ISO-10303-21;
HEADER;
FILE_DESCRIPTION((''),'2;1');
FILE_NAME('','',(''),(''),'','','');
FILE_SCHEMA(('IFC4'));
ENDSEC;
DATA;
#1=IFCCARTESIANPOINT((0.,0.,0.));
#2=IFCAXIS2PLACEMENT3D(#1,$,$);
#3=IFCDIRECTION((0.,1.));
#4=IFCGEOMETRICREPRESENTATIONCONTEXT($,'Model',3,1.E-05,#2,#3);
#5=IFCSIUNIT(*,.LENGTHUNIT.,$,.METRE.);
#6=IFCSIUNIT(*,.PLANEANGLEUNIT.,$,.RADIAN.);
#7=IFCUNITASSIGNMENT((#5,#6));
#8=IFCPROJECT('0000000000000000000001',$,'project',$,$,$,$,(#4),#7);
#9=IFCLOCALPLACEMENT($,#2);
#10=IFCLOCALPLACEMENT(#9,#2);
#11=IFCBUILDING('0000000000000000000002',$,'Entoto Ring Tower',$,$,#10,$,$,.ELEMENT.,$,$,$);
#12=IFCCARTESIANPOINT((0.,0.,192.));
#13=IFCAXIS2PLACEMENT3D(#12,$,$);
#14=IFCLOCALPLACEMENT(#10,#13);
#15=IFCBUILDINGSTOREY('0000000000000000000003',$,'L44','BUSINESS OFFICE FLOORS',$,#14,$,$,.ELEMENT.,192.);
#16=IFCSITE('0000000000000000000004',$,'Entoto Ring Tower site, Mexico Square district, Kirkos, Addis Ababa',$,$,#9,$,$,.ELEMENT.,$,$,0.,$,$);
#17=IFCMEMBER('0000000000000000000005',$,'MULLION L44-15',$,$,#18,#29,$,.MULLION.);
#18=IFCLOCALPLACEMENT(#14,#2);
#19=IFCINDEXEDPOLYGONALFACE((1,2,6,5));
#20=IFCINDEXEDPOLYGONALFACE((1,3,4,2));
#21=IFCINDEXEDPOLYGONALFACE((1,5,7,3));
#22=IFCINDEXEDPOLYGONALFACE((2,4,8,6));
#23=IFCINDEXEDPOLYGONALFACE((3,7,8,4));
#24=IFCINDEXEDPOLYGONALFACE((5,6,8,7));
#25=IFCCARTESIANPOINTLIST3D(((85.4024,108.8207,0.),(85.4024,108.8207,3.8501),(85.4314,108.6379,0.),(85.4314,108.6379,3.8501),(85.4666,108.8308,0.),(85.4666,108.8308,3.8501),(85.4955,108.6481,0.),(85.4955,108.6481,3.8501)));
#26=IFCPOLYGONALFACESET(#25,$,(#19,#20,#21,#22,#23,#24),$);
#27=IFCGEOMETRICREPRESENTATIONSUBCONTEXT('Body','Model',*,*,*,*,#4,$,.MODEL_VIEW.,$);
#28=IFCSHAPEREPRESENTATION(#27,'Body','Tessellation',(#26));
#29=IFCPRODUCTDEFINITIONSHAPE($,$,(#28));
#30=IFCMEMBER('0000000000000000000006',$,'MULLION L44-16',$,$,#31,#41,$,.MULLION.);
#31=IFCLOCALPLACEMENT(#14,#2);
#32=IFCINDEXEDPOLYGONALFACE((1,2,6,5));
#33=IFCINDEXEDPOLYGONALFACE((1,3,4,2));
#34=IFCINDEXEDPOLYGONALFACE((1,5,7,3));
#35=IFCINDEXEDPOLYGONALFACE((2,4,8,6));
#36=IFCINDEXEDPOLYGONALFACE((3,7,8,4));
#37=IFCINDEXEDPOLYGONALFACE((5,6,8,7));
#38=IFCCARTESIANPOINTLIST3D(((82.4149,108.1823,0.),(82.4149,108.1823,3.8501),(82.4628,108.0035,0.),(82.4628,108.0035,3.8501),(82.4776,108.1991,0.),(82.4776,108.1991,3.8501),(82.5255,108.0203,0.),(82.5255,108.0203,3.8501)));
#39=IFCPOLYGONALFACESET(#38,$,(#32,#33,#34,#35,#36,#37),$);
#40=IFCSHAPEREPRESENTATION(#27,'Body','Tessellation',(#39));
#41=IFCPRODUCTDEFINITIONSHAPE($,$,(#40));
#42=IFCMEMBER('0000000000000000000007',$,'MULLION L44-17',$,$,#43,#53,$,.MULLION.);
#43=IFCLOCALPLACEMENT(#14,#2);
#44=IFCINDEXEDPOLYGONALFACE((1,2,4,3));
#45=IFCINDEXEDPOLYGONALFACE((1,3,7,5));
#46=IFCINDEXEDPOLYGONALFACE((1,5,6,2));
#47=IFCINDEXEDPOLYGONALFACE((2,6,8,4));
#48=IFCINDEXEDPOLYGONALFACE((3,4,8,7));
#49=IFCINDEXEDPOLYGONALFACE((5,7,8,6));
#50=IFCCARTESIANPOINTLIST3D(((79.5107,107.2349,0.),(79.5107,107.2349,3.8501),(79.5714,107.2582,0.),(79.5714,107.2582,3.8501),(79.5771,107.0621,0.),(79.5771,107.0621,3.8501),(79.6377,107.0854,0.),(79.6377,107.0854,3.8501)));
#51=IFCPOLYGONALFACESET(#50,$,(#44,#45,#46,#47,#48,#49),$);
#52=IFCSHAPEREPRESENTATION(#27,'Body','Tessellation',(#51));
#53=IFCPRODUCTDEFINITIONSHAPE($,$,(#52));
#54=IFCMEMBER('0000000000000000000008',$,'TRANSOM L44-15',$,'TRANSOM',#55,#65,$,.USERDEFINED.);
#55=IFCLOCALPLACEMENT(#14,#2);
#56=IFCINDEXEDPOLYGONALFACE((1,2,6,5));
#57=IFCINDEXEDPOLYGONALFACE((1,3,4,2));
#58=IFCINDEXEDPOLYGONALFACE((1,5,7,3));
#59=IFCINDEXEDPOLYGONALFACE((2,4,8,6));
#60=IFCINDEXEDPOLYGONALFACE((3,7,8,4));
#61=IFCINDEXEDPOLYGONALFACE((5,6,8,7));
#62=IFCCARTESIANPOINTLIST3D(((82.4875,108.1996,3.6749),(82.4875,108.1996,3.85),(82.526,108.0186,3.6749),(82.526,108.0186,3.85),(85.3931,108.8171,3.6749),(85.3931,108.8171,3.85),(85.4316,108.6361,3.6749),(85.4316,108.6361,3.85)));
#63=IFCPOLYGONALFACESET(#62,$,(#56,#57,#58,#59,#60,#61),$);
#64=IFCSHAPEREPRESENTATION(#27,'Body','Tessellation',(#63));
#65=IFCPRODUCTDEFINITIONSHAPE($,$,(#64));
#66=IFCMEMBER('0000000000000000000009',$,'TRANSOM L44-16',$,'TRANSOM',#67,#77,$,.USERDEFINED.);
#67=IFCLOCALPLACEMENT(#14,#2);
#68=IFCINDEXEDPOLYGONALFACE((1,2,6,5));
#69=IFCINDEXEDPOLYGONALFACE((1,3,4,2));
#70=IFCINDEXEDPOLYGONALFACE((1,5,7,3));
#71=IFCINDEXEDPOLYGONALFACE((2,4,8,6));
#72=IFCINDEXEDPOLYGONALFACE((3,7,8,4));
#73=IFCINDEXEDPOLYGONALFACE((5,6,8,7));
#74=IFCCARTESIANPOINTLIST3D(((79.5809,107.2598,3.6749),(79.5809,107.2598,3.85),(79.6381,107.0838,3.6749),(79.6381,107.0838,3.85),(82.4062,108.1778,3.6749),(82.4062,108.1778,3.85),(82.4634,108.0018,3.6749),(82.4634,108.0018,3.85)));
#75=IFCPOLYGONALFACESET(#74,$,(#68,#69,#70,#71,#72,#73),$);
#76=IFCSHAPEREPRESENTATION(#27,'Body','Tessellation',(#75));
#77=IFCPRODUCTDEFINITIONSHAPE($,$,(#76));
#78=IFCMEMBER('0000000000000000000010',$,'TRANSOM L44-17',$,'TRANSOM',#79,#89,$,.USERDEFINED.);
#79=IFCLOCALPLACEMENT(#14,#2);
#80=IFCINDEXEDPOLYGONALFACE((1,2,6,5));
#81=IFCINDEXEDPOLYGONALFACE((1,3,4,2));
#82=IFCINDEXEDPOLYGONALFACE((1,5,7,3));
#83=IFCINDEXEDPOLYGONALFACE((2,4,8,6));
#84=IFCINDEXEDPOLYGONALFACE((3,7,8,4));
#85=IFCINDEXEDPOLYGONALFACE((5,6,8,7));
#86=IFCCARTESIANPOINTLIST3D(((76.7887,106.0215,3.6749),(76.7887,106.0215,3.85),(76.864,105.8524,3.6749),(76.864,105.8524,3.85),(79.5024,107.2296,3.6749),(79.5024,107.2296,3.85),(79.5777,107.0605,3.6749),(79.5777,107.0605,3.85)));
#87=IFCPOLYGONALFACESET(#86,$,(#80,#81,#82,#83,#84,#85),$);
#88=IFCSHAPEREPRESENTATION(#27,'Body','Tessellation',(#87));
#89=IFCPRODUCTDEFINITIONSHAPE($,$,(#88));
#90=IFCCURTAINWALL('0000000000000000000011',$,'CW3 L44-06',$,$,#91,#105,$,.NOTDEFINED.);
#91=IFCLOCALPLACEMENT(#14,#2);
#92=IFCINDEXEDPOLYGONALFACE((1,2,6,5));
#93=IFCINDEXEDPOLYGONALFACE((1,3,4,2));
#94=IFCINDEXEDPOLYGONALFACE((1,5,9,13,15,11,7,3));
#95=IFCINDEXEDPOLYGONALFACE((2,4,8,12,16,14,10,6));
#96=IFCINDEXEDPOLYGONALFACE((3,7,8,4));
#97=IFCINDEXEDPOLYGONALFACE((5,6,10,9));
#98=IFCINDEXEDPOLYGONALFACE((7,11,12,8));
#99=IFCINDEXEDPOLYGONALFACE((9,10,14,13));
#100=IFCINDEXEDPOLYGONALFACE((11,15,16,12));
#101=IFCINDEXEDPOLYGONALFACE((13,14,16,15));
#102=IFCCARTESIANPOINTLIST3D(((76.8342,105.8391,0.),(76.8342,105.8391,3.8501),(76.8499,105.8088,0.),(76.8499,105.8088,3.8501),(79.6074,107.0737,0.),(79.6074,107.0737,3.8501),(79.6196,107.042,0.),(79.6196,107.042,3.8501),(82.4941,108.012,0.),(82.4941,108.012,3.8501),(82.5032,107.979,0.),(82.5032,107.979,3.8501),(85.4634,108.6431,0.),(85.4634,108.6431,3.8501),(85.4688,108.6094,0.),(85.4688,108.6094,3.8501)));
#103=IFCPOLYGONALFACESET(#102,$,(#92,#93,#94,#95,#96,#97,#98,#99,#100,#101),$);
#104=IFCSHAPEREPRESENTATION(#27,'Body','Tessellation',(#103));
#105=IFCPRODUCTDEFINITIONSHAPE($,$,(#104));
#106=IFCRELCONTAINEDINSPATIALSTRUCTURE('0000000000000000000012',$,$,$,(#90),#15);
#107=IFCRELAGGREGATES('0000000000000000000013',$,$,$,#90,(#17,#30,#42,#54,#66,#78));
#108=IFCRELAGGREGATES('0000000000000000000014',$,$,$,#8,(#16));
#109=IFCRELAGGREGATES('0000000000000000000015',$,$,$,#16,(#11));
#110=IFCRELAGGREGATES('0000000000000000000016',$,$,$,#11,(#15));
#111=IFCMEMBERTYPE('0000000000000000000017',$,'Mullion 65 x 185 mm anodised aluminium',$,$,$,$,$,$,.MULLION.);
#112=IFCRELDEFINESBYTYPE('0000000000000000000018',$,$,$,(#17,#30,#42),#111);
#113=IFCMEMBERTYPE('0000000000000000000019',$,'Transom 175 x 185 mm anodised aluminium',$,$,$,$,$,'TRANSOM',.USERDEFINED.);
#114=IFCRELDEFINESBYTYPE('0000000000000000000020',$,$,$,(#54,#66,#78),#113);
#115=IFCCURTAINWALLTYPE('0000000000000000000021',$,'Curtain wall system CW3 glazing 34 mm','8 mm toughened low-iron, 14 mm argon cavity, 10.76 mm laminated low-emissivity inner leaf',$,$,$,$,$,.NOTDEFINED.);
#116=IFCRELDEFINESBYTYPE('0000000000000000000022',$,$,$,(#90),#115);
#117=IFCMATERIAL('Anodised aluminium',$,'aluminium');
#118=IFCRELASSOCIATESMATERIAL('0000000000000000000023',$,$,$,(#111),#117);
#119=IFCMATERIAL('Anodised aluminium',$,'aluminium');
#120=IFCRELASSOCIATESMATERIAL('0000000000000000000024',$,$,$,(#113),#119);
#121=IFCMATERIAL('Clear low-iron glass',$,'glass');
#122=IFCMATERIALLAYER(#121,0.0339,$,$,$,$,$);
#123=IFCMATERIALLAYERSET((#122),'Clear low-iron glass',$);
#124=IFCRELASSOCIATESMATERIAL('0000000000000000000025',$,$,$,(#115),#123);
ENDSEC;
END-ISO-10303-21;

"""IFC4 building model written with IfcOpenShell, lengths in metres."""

from ifc_helpers import new_model, si_unit, direction, frame, origin, origin_2d, place, context, subcontext, project, spatial, polyline, rectangle, outline, extrude, material, layer, layer_set, material_profile, profile_set, type_object, element, aggregate, save


model = new_model("IFC4")

# Units and contexts
model_context = context("Model", 3, precision=1e-05, world=origin(), true_north=direction((0.0, 1.0)))
body_context = subcontext(model_context, "Body", "Model", "MODEL_VIEW")
ifc_project = project(units=[si_unit("LENGTHUNIT", "METRE"), si_unit("PLANEANGLEUNIT", "RADIAN")], contexts=[model_context])

# Members
ifc_material_1 = material(Name="Anodised aluminium", Category="aluminium")
ifc_material_profile_1 = material_profile(ifc_material_1, rectangle(XDim=0.0649, YDim=0.1851, at=origin_2d()), Name="Mullion 65 x 185 mm anodised aluminium")
ifc_profile_set_1 = profile_set([ifc_material_profile_1], Name="Anodised aluminium")
member_type_1 = type_object("IfcMemberType", Name="Mullion 65 x 185 mm anodised aluminium", PredefinedType="MULLION", material=ifc_profile_set_1)
site_placement = place(None, origin())
building_placement = place(site_placement, origin())
storey_placement = place(building_placement, frame((0.0, 0.0, 192.0)))
member_1_placement = place(storey_placement, frame((85.449, 108.7344, 0.0), z_axis=(0.0, 0.0, 1.0), x_axis=(-0.987688, -0.156434, 0.0)))
member_1 = element("IfcMember", 1, at=member_1_placement, type_object=member_type_1, Name="MULLION L44-15", PredefinedType="MULLION", context=body_context, shape_type="SweptSolid", body=[
    extrude(rectangle(XDim=0.0649, YDim=0.1851, at=origin_2d()), origin(), (0.0, 0.0, 1.0), 3.8501),
])
member_2_placement = place(storey_placement, frame((82.4702, 108.1013, 0.0), z_axis=(0.0, 0.0, 1.0), x_axis=(-0.965926, -0.258819, 0.0)))
member_2 = element("IfcMember", 2, at=member_2_placement, type_object=member_type_1, Name="MULLION L44-16", PredefinedType="MULLION", context=body_context, shape_type="SweptSolid", body=[
    extrude(rectangle(XDim=0.0649, YDim=0.1851, at=origin_2d()), origin(), (0.0, 0.0, 1.0), 3.8501),
])
member_3_placement = place(storey_placement, frame((79.5742, 107.1602, 0.0), z_axis=(0.0, 0.0, 1.0), x_axis=(-0.93358, -0.358368, 0.0)))
member_3 = element("IfcMember", 3, at=member_3_placement, type_object=member_type_1, Name="MULLION L44-17", PredefinedType="MULLION", context=body_context, shape_type="SweptSolid", body=[
    extrude(rectangle(XDim=0.0649, YDim=0.1851, at=origin_2d()), origin(), (0.0, 0.0, 1.0), 3.8501),
])
ifc_material_2 = material(Name="Anodised aluminium", Category="aluminium")
ifc_material_profile_2 = material_profile(ifc_material_2, rectangle(XDim=0.1851, YDim=0.175, at=origin_2d()), Name="Transom 175 x 185 mm anodised aluminium")
ifc_profile_set_2 = profile_set([ifc_material_profile_2], Name="Anodised aluminium")
member_type_2 = type_object("IfcMemberType", Name="Transom 175 x 185 mm anodised aluminium", ElementType="TRANSOM", PredefinedType="USERDEFINED", material=ifc_profile_set_2)
member_4_placement = place(storey_placement, frame((85.4124, 108.7266, 3.7625), z_axis=(-0.978158, -0.207862, 0.0), x_axis=(0.207862, -0.978158, 0.0)))
member_4 = element("IfcMember", 4, at=member_4_placement, type_object=member_type_2, Name="TRANSOM L44-15", ObjectType="TRANSOM", PredefinedType="USERDEFINED", context=body_context, shape_type="SweptSolid", body=[
    extrude(rectangle(XDim=0.1851, YDim=0.175, at=origin_2d()), origin(), (0.0, 0.0, 1.0), 2.9705),
])
member_5_placement = place(storey_placement, frame((82.4348, 108.0898, 3.7625), z_axis=(-0.951056, -0.309019, 0.0), x_axis=(0.309019, -0.951056, 0.0)))
member_5 = element("IfcMember", 5, at=member_5_placement, type_object=member_type_2, Name="TRANSOM L44-16", ObjectType="TRANSOM", PredefinedType="USERDEFINED", context=body_context, shape_type="SweptSolid", body=[
    extrude(rectangle(XDim=0.1851, YDim=0.175, at=origin_2d()), origin(), (0.0, 0.0, 1.0), 2.9707),
])
member_6_placement = place(storey_placement, frame((79.54, 107.145, 3.7625), z_axis=(-0.913567, -0.406687, 0.0), x_axis=(0.406687, -0.913567, 0.0)))
member_6 = element("IfcMember", 6, at=member_6_placement, type_object=member_type_2, Name="TRANSOM L44-17", ObjectType="TRANSOM", PredefinedType="USERDEFINED", context=body_context, shape_type="SweptSolid", body=[
    extrude(rectangle(XDim=0.1851, YDim=0.175, at=origin_2d()), origin(), (0.0, 0.0, 1.0), 2.9705),
])

# Site, building, storey
site = spatial("IfcSite", under=ifc_project, at=site_placement, Name="Entoto Ring Tower site, Mexico Square district, Kirkos, Addis Ababa", CompositionType="ELEMENT", RefElevation=0.0)
building = spatial("IfcBuilding", under=site, at=building_placement, Name="Entoto Ring Tower", CompositionType="ELEMENT")
storey = spatial("IfcBuildingStorey", under=building, at=storey_placement, Name="L44", Description="BUSINESS OFFICE FLOORS", CompositionType="ELEMENT", Elevation=192.0)

# Curtain wall
ifc_material_3 = material(Name="Clear low-iron glass", Category="glass")
ifc_layer = layer(ifc_material_3, 0.0339)
ifc_layer_set = layer_set([ifc_layer], Name="Clear low-iron glass")
curtain_wall_type = type_object("IfcCurtainWallType", Name="Curtain wall system CW3 glazing 34 mm", Description="8 mm toughened low-iron, 14 mm argon cavity, 10.76 mm laminated low-emissivity inner leaf", PredefinedType="NOTDEFINED", material=ifc_layer_set)
curtain_wall_1_placement = place(storey_placement, origin())
curtain_wall_1 = element("IfcCurtainWall", 7, at=curtain_wall_1_placement, inside=storey, type_object=curtain_wall_type, Name="CW3 L44-06", PredefinedType="NOTDEFINED", context=body_context, shape_type="SweptSolid", body=[
    extrude(outline(polyline([(85.4634, 108.6431), (82.4941, 108.012), (79.6074, 107.0737), (76.8342, 105.8391), (76.8499, 105.8088), (79.6196, 107.042), (82.5032, 107.979), (85.4688, 108.6094), (85.4634, 108.6431)])), origin(), (0.0, 0.0, 1.0), 3.8501),
])
aggregate(curtain_wall_1, [member_1, member_2, member_3, member_4, member_5, member_6])

save(model, "model.ifc")
